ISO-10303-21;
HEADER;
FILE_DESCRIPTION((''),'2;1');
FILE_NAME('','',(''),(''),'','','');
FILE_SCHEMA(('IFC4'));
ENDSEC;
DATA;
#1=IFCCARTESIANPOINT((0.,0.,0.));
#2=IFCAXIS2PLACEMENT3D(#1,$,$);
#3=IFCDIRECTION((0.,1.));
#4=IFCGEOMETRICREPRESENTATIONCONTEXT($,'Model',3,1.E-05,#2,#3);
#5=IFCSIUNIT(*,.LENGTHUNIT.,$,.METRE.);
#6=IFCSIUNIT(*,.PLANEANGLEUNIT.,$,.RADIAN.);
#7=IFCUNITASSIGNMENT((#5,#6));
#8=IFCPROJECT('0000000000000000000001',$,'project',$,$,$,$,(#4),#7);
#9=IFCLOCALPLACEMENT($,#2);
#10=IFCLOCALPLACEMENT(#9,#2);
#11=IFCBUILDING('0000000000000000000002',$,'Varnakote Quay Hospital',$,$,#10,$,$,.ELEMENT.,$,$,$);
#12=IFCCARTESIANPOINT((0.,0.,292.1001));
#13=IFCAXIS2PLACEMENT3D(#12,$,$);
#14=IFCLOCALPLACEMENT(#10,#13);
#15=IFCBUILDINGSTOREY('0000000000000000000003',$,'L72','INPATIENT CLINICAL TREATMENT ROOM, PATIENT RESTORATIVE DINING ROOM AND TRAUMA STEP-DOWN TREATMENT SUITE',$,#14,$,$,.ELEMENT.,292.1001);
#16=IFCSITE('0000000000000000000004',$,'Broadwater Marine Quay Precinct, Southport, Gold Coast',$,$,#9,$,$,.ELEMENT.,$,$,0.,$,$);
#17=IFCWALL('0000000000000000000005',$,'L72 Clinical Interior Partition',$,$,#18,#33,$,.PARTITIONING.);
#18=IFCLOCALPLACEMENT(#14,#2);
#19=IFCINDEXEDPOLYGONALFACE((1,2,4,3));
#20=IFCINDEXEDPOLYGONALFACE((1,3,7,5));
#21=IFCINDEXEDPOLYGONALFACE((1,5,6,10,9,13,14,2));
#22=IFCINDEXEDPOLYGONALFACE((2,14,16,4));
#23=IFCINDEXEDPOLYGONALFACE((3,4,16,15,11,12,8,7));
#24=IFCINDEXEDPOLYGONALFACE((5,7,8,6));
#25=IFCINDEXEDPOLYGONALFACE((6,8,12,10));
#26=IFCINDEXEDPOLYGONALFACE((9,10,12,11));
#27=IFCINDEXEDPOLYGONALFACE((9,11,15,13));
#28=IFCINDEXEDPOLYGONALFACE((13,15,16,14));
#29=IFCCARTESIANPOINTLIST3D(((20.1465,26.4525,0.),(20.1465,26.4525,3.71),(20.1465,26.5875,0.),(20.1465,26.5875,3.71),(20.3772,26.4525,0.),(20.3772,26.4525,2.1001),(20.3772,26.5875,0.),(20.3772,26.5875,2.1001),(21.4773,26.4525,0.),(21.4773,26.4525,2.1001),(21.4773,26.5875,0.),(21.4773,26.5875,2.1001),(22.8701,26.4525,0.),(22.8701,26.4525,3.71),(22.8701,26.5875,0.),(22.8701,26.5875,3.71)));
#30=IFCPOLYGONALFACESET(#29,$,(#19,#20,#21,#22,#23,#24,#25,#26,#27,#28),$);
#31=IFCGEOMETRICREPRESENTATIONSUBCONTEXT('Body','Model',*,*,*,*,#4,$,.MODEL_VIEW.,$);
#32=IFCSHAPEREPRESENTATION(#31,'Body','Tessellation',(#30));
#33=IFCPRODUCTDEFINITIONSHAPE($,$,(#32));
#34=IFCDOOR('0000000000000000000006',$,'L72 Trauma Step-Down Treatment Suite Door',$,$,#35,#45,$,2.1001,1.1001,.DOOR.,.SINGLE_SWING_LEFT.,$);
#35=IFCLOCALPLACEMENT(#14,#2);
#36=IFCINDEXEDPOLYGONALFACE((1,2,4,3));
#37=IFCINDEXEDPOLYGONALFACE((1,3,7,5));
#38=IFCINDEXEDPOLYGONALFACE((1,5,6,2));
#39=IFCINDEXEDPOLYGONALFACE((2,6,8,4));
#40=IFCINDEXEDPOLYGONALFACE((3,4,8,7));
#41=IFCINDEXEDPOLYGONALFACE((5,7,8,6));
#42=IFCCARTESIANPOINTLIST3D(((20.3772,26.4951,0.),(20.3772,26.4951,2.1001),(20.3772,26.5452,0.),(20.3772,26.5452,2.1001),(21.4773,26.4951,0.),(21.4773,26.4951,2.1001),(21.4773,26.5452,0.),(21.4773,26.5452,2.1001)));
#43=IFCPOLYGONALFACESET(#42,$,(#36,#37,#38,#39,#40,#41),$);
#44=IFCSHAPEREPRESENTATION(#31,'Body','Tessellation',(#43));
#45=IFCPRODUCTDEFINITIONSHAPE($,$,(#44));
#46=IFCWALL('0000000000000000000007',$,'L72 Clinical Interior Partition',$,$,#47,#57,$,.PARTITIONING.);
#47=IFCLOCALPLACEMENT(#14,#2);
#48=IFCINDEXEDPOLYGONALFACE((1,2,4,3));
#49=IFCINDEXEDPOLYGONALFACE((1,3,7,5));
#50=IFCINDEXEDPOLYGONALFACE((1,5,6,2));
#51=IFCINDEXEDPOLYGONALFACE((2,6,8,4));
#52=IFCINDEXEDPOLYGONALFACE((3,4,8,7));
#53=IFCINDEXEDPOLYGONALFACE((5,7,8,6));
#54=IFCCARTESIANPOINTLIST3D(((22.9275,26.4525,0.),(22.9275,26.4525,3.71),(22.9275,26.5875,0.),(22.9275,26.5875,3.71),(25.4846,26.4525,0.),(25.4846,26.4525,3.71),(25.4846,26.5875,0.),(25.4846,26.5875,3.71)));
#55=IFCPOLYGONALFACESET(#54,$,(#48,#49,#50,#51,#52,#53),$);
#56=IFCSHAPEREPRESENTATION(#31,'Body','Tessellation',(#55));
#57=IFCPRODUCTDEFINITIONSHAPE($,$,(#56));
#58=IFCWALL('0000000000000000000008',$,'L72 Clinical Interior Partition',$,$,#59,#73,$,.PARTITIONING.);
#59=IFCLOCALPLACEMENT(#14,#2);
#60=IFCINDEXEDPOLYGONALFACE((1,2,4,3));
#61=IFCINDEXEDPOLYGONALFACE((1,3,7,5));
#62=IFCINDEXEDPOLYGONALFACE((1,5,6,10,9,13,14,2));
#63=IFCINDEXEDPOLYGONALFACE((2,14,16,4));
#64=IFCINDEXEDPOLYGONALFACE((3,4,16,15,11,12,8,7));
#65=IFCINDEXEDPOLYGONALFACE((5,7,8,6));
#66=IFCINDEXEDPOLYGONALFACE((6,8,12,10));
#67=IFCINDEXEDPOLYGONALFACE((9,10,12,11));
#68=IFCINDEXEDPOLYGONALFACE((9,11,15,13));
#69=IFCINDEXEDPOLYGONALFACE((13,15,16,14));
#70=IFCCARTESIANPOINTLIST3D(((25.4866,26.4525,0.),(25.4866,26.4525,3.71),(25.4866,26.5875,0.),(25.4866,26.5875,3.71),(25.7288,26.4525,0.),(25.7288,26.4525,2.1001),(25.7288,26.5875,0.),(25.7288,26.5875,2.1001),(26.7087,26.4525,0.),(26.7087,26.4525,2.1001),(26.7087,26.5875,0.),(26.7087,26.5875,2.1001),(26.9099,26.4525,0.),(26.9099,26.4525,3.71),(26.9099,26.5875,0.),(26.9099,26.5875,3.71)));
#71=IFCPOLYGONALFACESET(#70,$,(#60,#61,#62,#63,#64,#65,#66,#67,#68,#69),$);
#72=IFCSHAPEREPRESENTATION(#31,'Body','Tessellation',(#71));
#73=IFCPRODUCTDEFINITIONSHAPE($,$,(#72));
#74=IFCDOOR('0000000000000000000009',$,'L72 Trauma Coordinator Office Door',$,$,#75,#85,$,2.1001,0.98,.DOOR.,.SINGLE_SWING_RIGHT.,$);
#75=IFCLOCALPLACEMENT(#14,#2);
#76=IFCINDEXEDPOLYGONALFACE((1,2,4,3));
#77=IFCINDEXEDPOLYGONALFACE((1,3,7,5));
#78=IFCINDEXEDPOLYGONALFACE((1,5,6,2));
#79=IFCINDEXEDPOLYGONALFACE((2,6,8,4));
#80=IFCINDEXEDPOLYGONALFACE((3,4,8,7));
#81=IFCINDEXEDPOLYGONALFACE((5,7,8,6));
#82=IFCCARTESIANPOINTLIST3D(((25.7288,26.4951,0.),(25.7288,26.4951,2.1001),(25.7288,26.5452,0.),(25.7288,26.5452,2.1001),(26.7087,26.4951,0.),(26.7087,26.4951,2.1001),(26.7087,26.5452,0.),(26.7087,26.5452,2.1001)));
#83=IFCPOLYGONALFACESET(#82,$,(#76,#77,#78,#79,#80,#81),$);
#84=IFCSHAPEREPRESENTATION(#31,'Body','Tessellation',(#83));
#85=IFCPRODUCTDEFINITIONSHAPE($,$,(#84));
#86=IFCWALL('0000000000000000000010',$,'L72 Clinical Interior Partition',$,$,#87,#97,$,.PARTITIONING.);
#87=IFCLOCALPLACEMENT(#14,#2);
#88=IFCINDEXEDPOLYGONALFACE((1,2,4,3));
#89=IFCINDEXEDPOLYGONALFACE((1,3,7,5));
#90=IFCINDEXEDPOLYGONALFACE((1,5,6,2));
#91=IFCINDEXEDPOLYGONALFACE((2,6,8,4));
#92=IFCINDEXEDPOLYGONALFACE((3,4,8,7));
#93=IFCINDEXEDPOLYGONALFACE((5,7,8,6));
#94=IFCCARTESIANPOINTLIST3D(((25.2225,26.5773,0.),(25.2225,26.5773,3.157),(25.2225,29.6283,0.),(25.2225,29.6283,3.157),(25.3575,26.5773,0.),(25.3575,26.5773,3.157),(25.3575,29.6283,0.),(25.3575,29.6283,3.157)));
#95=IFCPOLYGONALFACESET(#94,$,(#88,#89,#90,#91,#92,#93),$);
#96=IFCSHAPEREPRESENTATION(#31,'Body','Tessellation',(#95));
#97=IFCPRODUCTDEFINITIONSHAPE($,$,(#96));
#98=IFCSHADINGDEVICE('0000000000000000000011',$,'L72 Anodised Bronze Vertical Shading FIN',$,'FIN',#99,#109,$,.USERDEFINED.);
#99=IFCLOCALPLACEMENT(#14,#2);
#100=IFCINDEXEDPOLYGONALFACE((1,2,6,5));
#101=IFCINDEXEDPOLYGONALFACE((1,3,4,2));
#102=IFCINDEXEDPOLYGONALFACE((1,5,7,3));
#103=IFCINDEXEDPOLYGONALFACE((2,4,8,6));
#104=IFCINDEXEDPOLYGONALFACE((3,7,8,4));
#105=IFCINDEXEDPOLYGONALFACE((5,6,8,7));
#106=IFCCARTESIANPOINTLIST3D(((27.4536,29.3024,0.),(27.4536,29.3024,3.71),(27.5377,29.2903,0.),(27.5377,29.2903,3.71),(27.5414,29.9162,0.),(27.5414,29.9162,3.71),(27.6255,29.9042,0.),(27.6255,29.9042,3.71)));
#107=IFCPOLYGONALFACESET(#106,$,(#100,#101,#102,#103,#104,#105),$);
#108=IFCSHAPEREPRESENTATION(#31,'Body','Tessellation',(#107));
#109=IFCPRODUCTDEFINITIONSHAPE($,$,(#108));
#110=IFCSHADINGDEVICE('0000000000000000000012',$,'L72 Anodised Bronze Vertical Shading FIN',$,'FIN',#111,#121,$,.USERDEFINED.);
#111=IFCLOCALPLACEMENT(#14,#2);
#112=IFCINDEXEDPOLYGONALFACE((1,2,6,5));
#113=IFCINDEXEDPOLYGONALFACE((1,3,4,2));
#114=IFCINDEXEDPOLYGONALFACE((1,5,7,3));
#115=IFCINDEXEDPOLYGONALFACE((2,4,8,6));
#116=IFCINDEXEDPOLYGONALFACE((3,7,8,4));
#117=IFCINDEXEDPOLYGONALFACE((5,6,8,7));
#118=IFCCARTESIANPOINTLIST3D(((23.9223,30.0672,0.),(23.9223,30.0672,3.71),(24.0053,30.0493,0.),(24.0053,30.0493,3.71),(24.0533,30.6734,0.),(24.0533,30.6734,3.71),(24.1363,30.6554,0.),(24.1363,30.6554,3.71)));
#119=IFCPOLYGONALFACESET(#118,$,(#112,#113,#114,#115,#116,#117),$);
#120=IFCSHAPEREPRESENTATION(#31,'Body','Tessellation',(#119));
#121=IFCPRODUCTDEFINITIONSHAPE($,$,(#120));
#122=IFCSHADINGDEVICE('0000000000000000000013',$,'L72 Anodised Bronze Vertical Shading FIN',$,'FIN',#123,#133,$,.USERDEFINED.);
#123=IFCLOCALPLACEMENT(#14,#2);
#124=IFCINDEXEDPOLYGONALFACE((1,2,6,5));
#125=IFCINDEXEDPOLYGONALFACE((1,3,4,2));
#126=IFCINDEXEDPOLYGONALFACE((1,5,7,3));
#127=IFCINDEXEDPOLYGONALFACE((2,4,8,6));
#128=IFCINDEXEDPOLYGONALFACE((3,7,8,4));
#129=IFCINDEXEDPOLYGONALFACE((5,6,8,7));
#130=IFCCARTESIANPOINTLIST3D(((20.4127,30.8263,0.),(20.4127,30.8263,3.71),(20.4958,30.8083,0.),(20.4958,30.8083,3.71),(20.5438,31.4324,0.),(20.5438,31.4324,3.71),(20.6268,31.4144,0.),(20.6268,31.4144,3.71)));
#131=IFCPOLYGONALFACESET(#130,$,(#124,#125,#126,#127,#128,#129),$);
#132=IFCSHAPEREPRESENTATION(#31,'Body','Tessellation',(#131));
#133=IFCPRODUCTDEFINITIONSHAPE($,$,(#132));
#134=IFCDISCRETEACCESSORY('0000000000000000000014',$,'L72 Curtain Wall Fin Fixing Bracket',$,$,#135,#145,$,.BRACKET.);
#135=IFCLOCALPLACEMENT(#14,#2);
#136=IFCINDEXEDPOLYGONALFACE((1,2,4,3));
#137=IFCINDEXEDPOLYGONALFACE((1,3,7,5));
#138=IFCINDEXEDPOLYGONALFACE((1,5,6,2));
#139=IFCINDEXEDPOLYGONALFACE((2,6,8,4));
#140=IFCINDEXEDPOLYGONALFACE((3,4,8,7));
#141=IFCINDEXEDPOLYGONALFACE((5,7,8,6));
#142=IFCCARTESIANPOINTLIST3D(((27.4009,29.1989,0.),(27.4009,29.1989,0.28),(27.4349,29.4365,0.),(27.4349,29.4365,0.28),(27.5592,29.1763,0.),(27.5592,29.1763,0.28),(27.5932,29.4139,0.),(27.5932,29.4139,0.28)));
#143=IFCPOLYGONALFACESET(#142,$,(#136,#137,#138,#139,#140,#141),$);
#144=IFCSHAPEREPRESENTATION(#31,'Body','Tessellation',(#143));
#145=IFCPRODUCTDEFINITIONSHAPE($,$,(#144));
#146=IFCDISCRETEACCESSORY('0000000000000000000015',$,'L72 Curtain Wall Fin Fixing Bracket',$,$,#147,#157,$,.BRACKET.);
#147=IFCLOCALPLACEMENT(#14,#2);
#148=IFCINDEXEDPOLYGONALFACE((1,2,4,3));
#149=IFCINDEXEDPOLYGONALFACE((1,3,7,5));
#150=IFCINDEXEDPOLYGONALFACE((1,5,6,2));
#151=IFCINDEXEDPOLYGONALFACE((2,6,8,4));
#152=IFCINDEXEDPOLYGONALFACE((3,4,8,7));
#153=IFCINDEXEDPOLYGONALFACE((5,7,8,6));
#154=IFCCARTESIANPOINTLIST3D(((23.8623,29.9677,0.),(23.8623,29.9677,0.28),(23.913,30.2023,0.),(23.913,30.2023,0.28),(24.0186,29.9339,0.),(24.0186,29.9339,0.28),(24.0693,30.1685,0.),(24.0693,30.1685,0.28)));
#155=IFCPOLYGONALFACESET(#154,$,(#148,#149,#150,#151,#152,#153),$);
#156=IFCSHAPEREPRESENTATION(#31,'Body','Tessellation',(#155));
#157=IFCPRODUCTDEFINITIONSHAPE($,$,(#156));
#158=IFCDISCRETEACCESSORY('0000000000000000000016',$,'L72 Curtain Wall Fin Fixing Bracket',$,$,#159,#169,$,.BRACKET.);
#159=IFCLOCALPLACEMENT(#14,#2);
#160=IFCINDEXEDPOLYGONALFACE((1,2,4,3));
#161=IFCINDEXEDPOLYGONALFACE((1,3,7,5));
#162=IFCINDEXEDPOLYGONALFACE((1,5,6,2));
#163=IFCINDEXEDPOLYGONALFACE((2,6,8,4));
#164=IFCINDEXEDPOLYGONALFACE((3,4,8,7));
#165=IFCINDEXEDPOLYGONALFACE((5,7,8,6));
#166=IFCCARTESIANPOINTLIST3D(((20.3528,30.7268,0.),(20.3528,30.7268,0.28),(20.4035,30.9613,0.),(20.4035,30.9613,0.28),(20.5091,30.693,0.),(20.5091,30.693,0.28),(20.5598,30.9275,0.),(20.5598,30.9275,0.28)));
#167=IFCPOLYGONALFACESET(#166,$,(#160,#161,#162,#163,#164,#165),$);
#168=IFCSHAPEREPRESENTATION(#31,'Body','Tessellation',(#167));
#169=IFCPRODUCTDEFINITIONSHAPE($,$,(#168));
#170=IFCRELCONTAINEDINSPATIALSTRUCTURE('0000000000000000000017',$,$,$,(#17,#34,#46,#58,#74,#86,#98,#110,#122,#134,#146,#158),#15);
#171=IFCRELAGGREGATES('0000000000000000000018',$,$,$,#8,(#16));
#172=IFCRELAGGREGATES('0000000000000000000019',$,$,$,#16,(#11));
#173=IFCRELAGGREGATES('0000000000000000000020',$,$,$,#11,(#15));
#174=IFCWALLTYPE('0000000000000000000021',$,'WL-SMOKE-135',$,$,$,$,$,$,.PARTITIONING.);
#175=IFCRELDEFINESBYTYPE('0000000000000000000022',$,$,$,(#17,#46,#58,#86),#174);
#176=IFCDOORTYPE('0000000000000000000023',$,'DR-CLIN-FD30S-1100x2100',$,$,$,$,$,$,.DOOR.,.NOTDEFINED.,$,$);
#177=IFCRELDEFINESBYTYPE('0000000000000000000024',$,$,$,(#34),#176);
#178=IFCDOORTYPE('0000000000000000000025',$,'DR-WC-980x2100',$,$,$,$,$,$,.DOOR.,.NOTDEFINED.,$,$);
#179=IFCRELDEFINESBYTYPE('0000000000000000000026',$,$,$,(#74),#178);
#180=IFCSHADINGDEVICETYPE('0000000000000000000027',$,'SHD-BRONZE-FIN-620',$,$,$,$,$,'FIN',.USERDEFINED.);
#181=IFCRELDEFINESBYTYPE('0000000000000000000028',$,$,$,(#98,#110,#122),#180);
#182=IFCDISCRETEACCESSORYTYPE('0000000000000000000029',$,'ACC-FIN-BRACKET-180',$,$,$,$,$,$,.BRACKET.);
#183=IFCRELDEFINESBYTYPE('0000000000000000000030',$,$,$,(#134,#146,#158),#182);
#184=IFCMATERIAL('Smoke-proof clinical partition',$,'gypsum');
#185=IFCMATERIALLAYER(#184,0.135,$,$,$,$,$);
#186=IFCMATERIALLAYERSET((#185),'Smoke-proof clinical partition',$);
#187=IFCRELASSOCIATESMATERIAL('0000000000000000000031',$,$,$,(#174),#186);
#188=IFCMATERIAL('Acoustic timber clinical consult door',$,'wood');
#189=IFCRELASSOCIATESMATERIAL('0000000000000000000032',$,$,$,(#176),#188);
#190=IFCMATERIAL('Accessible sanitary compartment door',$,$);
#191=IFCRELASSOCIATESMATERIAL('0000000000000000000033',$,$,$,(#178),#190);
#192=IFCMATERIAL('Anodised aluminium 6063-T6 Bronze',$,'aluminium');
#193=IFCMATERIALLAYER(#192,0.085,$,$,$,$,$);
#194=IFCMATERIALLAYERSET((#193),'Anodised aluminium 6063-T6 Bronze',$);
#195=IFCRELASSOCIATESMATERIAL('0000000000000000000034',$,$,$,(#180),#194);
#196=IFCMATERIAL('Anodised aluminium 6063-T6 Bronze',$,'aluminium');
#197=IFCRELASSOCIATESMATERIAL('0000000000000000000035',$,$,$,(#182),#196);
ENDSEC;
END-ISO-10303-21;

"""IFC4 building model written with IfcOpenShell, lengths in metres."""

from ifc_helpers import new_model, si_unit, direction, frame, frame_2d, origin, origin_2d, place, context, subcontext, project, spatial, rectangle, extrude, material, layer, layer_set, type_object, element, fill, save


model = new_model("IFC4")

# Units and contexts
model_context = context("Model", 3, precision=1e-05, world=origin(), true_north=direction((0.0, 1.0)))
body_context = subcontext(model_context, "Body", "Model", "MODEL_VIEW")
ifc_project = project(units=[si_unit("LENGTHUNIT", "METRE"), si_unit("PLANEANGLEUNIT", "RADIAN")], contexts=[model_context])

# Site, building, storey
site_placement = place(None, origin())
site = spatial("IfcSite", under=ifc_project, at=site_placement, Name="Broadwater Marine Quay Precinct, Southport, Gold Coast", CompositionType="ELEMENT", RefElevation=0.0)
building_placement = place(site_placement, origin())
building = spatial("IfcBuilding", under=site, at=building_placement, Name="Varnakote Quay Hospital", CompositionType="ELEMENT")
storey_placement = place(building_placement, frame((0.0, 0.0, 292.1001)))
storey = spatial("IfcBuildingStorey", under=building, at=storey_placement, Name="L72", Description="INPATIENT CLINICAL TREATMENT ROOM, PATIENT RESTORATIVE DINING ROOM AND TRAUMA STEP-DOWN TREATMENT SUITE", CompositionType="ELEMENT", Elevation=292.1001)

# Wall, opening, door
ifc_material_1 = material(Name="Smoke-proof clinical partition", Category="gypsum")
ifc_layer_1 = layer(ifc_material_1, 0.135)
ifc_layer_set_1 = layer_set([ifc_layer_1], Name="Smoke-proof clinical partition")
wall_type_1 = type_object("IfcWallType", Name="WL-SMOKE-135", PredefinedType="PARTITIONING", material=ifc_layer_set_1)
wall_1_placement = place(storey_placement, frame((22.8701, 26.52, 0.0), z_axis=(0.0, 0.0, 1.0), x_axis=(-1.0, 0.0, 0.0)))
wall_1 = element("IfcWall", 1, at=wall_1_placement, inside=storey, type_object=wall_type_1, Name="L72 Clinical Interior Partition", PredefinedType="PARTITIONING", context=body_context, shape_type="SweptSolid", body=[
    extrude(rectangle(XDim=2.7236, YDim=0.135, at=frame_2d((1.3618, 0.0))), origin(), (0.0, 0.0, 1.0), 3.71),
])
opening_1_placement = place(wall_1_placement, frame((1.3928, 0.0, 0.0)))
opening_1 = element("IfcOpeningElement", 2, at=opening_1_placement, cuts=wall_1, PredefinedType="OPENING", context=body_context, shape_type="SweptSolid", body=[
    extrude(rectangle(XDim=1.1001, YDim=2.1001, at=frame_2d((0.55, 1.05))), frame((0.0, 0.0774, 0.0), z_axis=(0.0, -1.0, 0.0), x_axis=(1.0, 0.0, 0.0)), (0.0, 0.0, 1.0), 0.155),
])
ifc_material_2 = material(Name="Acoustic timber clinical consult door", Category="wood")
door_type_1 = type_object("IfcDoorType", Name="DR-CLIN-FD30S-1100x2100", OperationType="NOTDEFINED", PredefinedType="DOOR", material=ifc_material_2)
door_1_placement = place(opening_1_placement, origin())
door_1 = element("IfcDoor", 3, at=door_1_placement, inside=storey, type_object=door_type_1, Name="L72 Trauma Step-Down Treatment Suite Door", OperationType="SINGLE_SWING_LEFT", OverallHeight=2.1001, OverallWidth=1.1001, PredefinedType="DOOR", context=body_context, shape_type="SweptSolid", body=[
    extrude(rectangle(XDim=1.1001, YDim=2.1001, at=frame_2d((0.55, 1.05))), frame((0.0, 0.0249, 0.0), z_axis=(0.0, -1.0, 0.0), x_axis=(1.0, 0.0, 0.0)), (0.0, 0.0, 1.0), 0.05),
])
fill(opening_1, door_1)

# Wall
wall_2_placement = place(storey_placement, frame((25.4846, 26.52, 0.0), z_axis=(0.0, 0.0, 1.0), x_axis=(-1.0, 0.0, 0.0)))
element("IfcWall", 4, at=wall_2_placement, inside=storey, type_object=wall_type_1, Name="L72 Clinical Interior Partition", PredefinedType="PARTITIONING", context=body_context, shape_type="SweptSolid", body=[
    extrude(rectangle(XDim=2.5571, YDim=0.135, at=frame_2d((1.2786, 0.0))), origin(), (0.0, 0.0, 1.0), 3.71),
])

# Wall, opening, door
wall_3_placement = place(storey_placement, frame((26.9099, 26.52, 0.0), z_axis=(0.0, 0.0, 1.0), x_axis=(-1.0, 0.0, 0.0)))
wall_3 = element("IfcWall", 5, at=wall_3_placement, inside=storey, type_object=wall_type_1, Name="L72 Clinical Interior Partition", PredefinedType="PARTITIONING", context=body_context, shape_type="SweptSolid", body=[
    extrude(rectangle(XDim=1.4233, YDim=0.135, at=frame_2d((0.7117, 0.0))), origin(), (0.0, 0.0, 1.0), 3.71),
])
opening_2_placement = place(wall_3_placement, frame((0.2012, 0.0, 0.0)))
opening_2 = element("IfcOpeningElement", 6, at=opening_2_placement, cuts=wall_3, PredefinedType="OPENING", context=body_context, shape_type="SweptSolid", body=[
    extrude(rectangle(XDim=0.98, YDim=2.1001, at=frame_2d((0.49, 1.05))), frame((0.0, 0.0774, 0.0), z_axis=(0.0, -1.0, 0.0), x_axis=(1.0, 0.0, 0.0)), (0.0, 0.0, 1.0), 0.155),
])
ifc_material_3 = material(Name="Accessible sanitary compartment door")
door_type_2 = type_object("IfcDoorType", Name="DR-WC-980x2100", OperationType="NOTDEFINED", PredefinedType="DOOR", material=ifc_material_3)
door_2_placement = place(opening_2_placement, origin())
door_2 = element("IfcDoor", 7, at=door_2_placement, inside=storey, type_object=door_type_2, Name="L72 Trauma Coordinator Office Door", OperationType="SINGLE_SWING_RIGHT", OverallHeight=2.1001, OverallWidth=0.98, PredefinedType="DOOR", context=body_context, shape_type="SweptSolid", body=[
    extrude(rectangle(XDim=0.98, YDim=2.1001, at=frame_2d((0.49, 1.05))), frame((0.0, 0.0249, 0.0), z_axis=(0.0, -1.0, 0.0), x_axis=(1.0, 0.0, 0.0)), (0.0, 0.0, 1.0), 0.05),
])
fill(opening_2, door_2)

# Wall
wall_4_placement = place(storey_placement, frame((25.29, 26.5774, 0.0), z_axis=(0.0, 0.0, 1.0), x_axis=(0.0, 1.0, 0.0)))
element("IfcWall", 8, at=wall_4_placement, inside=storey, type_object=wall_type_1, Name="L72 Clinical Interior Partition", PredefinedType="PARTITIONING", context=body_context, shape_type="SweptSolid", body=[
    extrude(rectangle(XDim=3.051, YDim=0.135, at=frame_2d((1.5254, 0.0))), origin(), (0.0, 0.0, 1.0), 3.157),
])

# Shading devices
ifc_material_4 = material(Name="Anodised aluminium 6063-T6 Bronze", Category="aluminium")
ifc_layer_2 = layer(ifc_material_4, 0.085)
ifc_layer_set_2 = layer_set([ifc_layer_2], Name="Anodised aluminium 6063-T6 Bronze")
shading_device_type = type_object("IfcShadingDeviceType", Name="SHD-BRONZE-FIN-620", ElementType="FIN", PredefinedType="USERDEFINED", material=ifc_layer_set_2)
for number, where, z_axis, x_axis, name in (
    (9, (27.5396, 29.6033, 0.0), (0.0, 0.0, 1.0), (-0.141592, -0.989925, 0.0), "L72 Anodised Bronze Vertical Shading FIN"),
    (10, (24.0293, 30.3613, 0.0), (0.0, 0.0, 1.0), (-0.211325, -0.977416, 0.0), "L72 Anodised Bronze Vertical Shading FIN"),
    (11, (20.5198, 31.1204, 0.0), (0.0, 0.0, 1.0), (-0.211325, -0.977416, 0.0), "L72 Anodised Bronze Vertical Shading FIN"),
):
    element("IfcShadingDevice", number, at=place(storey_placement, frame(where, z_axis=z_axis, x_axis=x_axis)), inside=storey, type_object=shading_device_type, Name=name, ObjectType="FIN", PredefinedType="USERDEFINED", context=body_context, shape_type="SweptSolid", body=[
        extrude(rectangle(XDim=0.6201, YDim=0.085, at=origin_2d()), origin(), (0.0, 0.0, 1.0), 3.71),
    ])

# Discrete accessories
ifc_material_5 = material(Name="Anodised aluminium 6063-T6 Bronze", Category="aluminium")
discrete_accessory_type = type_object("IfcDiscreteAccessoryType", Name="ACC-FIN-BRACKET-180", PredefinedType="BRACKET", material=ifc_material_5)
for number, where, z_axis, x_axis, name in (
    (12, (27.4971, 29.3064, 0.0), (0.0, 0.0, 1.0), (-0.989925, 0.141592, 0.0), "L72 Curtain Wall Fin Fixing Bracket"),
    (13, (23.9658, 30.0681, 0.0), (0.0, 0.0, 1.0), (-0.977416, 0.211325, 0.0), "L72 Curtain Wall Fin Fixing Bracket"),
    (14, (20.4563, 30.8271, 0.0), (0.0, 0.0, 1.0), (-0.977416, 0.211325, 0.0), "L72 Curtain Wall Fin Fixing Bracket"),
):
    element("IfcDiscreteAccessory", number, at=place(storey_placement, frame(where, z_axis=z_axis, x_axis=x_axis)), inside=storey, type_object=discrete_accessory_type, Name=name, PredefinedType="BRACKET", context=body_context, shape_type="SweptSolid", body=[
        extrude(rectangle(XDim=0.1599, YDim=0.24, at=origin_2d()), origin(), (0.0, 0.0, 1.0), 0.28),
    ])

save(model, "model.ifc")
